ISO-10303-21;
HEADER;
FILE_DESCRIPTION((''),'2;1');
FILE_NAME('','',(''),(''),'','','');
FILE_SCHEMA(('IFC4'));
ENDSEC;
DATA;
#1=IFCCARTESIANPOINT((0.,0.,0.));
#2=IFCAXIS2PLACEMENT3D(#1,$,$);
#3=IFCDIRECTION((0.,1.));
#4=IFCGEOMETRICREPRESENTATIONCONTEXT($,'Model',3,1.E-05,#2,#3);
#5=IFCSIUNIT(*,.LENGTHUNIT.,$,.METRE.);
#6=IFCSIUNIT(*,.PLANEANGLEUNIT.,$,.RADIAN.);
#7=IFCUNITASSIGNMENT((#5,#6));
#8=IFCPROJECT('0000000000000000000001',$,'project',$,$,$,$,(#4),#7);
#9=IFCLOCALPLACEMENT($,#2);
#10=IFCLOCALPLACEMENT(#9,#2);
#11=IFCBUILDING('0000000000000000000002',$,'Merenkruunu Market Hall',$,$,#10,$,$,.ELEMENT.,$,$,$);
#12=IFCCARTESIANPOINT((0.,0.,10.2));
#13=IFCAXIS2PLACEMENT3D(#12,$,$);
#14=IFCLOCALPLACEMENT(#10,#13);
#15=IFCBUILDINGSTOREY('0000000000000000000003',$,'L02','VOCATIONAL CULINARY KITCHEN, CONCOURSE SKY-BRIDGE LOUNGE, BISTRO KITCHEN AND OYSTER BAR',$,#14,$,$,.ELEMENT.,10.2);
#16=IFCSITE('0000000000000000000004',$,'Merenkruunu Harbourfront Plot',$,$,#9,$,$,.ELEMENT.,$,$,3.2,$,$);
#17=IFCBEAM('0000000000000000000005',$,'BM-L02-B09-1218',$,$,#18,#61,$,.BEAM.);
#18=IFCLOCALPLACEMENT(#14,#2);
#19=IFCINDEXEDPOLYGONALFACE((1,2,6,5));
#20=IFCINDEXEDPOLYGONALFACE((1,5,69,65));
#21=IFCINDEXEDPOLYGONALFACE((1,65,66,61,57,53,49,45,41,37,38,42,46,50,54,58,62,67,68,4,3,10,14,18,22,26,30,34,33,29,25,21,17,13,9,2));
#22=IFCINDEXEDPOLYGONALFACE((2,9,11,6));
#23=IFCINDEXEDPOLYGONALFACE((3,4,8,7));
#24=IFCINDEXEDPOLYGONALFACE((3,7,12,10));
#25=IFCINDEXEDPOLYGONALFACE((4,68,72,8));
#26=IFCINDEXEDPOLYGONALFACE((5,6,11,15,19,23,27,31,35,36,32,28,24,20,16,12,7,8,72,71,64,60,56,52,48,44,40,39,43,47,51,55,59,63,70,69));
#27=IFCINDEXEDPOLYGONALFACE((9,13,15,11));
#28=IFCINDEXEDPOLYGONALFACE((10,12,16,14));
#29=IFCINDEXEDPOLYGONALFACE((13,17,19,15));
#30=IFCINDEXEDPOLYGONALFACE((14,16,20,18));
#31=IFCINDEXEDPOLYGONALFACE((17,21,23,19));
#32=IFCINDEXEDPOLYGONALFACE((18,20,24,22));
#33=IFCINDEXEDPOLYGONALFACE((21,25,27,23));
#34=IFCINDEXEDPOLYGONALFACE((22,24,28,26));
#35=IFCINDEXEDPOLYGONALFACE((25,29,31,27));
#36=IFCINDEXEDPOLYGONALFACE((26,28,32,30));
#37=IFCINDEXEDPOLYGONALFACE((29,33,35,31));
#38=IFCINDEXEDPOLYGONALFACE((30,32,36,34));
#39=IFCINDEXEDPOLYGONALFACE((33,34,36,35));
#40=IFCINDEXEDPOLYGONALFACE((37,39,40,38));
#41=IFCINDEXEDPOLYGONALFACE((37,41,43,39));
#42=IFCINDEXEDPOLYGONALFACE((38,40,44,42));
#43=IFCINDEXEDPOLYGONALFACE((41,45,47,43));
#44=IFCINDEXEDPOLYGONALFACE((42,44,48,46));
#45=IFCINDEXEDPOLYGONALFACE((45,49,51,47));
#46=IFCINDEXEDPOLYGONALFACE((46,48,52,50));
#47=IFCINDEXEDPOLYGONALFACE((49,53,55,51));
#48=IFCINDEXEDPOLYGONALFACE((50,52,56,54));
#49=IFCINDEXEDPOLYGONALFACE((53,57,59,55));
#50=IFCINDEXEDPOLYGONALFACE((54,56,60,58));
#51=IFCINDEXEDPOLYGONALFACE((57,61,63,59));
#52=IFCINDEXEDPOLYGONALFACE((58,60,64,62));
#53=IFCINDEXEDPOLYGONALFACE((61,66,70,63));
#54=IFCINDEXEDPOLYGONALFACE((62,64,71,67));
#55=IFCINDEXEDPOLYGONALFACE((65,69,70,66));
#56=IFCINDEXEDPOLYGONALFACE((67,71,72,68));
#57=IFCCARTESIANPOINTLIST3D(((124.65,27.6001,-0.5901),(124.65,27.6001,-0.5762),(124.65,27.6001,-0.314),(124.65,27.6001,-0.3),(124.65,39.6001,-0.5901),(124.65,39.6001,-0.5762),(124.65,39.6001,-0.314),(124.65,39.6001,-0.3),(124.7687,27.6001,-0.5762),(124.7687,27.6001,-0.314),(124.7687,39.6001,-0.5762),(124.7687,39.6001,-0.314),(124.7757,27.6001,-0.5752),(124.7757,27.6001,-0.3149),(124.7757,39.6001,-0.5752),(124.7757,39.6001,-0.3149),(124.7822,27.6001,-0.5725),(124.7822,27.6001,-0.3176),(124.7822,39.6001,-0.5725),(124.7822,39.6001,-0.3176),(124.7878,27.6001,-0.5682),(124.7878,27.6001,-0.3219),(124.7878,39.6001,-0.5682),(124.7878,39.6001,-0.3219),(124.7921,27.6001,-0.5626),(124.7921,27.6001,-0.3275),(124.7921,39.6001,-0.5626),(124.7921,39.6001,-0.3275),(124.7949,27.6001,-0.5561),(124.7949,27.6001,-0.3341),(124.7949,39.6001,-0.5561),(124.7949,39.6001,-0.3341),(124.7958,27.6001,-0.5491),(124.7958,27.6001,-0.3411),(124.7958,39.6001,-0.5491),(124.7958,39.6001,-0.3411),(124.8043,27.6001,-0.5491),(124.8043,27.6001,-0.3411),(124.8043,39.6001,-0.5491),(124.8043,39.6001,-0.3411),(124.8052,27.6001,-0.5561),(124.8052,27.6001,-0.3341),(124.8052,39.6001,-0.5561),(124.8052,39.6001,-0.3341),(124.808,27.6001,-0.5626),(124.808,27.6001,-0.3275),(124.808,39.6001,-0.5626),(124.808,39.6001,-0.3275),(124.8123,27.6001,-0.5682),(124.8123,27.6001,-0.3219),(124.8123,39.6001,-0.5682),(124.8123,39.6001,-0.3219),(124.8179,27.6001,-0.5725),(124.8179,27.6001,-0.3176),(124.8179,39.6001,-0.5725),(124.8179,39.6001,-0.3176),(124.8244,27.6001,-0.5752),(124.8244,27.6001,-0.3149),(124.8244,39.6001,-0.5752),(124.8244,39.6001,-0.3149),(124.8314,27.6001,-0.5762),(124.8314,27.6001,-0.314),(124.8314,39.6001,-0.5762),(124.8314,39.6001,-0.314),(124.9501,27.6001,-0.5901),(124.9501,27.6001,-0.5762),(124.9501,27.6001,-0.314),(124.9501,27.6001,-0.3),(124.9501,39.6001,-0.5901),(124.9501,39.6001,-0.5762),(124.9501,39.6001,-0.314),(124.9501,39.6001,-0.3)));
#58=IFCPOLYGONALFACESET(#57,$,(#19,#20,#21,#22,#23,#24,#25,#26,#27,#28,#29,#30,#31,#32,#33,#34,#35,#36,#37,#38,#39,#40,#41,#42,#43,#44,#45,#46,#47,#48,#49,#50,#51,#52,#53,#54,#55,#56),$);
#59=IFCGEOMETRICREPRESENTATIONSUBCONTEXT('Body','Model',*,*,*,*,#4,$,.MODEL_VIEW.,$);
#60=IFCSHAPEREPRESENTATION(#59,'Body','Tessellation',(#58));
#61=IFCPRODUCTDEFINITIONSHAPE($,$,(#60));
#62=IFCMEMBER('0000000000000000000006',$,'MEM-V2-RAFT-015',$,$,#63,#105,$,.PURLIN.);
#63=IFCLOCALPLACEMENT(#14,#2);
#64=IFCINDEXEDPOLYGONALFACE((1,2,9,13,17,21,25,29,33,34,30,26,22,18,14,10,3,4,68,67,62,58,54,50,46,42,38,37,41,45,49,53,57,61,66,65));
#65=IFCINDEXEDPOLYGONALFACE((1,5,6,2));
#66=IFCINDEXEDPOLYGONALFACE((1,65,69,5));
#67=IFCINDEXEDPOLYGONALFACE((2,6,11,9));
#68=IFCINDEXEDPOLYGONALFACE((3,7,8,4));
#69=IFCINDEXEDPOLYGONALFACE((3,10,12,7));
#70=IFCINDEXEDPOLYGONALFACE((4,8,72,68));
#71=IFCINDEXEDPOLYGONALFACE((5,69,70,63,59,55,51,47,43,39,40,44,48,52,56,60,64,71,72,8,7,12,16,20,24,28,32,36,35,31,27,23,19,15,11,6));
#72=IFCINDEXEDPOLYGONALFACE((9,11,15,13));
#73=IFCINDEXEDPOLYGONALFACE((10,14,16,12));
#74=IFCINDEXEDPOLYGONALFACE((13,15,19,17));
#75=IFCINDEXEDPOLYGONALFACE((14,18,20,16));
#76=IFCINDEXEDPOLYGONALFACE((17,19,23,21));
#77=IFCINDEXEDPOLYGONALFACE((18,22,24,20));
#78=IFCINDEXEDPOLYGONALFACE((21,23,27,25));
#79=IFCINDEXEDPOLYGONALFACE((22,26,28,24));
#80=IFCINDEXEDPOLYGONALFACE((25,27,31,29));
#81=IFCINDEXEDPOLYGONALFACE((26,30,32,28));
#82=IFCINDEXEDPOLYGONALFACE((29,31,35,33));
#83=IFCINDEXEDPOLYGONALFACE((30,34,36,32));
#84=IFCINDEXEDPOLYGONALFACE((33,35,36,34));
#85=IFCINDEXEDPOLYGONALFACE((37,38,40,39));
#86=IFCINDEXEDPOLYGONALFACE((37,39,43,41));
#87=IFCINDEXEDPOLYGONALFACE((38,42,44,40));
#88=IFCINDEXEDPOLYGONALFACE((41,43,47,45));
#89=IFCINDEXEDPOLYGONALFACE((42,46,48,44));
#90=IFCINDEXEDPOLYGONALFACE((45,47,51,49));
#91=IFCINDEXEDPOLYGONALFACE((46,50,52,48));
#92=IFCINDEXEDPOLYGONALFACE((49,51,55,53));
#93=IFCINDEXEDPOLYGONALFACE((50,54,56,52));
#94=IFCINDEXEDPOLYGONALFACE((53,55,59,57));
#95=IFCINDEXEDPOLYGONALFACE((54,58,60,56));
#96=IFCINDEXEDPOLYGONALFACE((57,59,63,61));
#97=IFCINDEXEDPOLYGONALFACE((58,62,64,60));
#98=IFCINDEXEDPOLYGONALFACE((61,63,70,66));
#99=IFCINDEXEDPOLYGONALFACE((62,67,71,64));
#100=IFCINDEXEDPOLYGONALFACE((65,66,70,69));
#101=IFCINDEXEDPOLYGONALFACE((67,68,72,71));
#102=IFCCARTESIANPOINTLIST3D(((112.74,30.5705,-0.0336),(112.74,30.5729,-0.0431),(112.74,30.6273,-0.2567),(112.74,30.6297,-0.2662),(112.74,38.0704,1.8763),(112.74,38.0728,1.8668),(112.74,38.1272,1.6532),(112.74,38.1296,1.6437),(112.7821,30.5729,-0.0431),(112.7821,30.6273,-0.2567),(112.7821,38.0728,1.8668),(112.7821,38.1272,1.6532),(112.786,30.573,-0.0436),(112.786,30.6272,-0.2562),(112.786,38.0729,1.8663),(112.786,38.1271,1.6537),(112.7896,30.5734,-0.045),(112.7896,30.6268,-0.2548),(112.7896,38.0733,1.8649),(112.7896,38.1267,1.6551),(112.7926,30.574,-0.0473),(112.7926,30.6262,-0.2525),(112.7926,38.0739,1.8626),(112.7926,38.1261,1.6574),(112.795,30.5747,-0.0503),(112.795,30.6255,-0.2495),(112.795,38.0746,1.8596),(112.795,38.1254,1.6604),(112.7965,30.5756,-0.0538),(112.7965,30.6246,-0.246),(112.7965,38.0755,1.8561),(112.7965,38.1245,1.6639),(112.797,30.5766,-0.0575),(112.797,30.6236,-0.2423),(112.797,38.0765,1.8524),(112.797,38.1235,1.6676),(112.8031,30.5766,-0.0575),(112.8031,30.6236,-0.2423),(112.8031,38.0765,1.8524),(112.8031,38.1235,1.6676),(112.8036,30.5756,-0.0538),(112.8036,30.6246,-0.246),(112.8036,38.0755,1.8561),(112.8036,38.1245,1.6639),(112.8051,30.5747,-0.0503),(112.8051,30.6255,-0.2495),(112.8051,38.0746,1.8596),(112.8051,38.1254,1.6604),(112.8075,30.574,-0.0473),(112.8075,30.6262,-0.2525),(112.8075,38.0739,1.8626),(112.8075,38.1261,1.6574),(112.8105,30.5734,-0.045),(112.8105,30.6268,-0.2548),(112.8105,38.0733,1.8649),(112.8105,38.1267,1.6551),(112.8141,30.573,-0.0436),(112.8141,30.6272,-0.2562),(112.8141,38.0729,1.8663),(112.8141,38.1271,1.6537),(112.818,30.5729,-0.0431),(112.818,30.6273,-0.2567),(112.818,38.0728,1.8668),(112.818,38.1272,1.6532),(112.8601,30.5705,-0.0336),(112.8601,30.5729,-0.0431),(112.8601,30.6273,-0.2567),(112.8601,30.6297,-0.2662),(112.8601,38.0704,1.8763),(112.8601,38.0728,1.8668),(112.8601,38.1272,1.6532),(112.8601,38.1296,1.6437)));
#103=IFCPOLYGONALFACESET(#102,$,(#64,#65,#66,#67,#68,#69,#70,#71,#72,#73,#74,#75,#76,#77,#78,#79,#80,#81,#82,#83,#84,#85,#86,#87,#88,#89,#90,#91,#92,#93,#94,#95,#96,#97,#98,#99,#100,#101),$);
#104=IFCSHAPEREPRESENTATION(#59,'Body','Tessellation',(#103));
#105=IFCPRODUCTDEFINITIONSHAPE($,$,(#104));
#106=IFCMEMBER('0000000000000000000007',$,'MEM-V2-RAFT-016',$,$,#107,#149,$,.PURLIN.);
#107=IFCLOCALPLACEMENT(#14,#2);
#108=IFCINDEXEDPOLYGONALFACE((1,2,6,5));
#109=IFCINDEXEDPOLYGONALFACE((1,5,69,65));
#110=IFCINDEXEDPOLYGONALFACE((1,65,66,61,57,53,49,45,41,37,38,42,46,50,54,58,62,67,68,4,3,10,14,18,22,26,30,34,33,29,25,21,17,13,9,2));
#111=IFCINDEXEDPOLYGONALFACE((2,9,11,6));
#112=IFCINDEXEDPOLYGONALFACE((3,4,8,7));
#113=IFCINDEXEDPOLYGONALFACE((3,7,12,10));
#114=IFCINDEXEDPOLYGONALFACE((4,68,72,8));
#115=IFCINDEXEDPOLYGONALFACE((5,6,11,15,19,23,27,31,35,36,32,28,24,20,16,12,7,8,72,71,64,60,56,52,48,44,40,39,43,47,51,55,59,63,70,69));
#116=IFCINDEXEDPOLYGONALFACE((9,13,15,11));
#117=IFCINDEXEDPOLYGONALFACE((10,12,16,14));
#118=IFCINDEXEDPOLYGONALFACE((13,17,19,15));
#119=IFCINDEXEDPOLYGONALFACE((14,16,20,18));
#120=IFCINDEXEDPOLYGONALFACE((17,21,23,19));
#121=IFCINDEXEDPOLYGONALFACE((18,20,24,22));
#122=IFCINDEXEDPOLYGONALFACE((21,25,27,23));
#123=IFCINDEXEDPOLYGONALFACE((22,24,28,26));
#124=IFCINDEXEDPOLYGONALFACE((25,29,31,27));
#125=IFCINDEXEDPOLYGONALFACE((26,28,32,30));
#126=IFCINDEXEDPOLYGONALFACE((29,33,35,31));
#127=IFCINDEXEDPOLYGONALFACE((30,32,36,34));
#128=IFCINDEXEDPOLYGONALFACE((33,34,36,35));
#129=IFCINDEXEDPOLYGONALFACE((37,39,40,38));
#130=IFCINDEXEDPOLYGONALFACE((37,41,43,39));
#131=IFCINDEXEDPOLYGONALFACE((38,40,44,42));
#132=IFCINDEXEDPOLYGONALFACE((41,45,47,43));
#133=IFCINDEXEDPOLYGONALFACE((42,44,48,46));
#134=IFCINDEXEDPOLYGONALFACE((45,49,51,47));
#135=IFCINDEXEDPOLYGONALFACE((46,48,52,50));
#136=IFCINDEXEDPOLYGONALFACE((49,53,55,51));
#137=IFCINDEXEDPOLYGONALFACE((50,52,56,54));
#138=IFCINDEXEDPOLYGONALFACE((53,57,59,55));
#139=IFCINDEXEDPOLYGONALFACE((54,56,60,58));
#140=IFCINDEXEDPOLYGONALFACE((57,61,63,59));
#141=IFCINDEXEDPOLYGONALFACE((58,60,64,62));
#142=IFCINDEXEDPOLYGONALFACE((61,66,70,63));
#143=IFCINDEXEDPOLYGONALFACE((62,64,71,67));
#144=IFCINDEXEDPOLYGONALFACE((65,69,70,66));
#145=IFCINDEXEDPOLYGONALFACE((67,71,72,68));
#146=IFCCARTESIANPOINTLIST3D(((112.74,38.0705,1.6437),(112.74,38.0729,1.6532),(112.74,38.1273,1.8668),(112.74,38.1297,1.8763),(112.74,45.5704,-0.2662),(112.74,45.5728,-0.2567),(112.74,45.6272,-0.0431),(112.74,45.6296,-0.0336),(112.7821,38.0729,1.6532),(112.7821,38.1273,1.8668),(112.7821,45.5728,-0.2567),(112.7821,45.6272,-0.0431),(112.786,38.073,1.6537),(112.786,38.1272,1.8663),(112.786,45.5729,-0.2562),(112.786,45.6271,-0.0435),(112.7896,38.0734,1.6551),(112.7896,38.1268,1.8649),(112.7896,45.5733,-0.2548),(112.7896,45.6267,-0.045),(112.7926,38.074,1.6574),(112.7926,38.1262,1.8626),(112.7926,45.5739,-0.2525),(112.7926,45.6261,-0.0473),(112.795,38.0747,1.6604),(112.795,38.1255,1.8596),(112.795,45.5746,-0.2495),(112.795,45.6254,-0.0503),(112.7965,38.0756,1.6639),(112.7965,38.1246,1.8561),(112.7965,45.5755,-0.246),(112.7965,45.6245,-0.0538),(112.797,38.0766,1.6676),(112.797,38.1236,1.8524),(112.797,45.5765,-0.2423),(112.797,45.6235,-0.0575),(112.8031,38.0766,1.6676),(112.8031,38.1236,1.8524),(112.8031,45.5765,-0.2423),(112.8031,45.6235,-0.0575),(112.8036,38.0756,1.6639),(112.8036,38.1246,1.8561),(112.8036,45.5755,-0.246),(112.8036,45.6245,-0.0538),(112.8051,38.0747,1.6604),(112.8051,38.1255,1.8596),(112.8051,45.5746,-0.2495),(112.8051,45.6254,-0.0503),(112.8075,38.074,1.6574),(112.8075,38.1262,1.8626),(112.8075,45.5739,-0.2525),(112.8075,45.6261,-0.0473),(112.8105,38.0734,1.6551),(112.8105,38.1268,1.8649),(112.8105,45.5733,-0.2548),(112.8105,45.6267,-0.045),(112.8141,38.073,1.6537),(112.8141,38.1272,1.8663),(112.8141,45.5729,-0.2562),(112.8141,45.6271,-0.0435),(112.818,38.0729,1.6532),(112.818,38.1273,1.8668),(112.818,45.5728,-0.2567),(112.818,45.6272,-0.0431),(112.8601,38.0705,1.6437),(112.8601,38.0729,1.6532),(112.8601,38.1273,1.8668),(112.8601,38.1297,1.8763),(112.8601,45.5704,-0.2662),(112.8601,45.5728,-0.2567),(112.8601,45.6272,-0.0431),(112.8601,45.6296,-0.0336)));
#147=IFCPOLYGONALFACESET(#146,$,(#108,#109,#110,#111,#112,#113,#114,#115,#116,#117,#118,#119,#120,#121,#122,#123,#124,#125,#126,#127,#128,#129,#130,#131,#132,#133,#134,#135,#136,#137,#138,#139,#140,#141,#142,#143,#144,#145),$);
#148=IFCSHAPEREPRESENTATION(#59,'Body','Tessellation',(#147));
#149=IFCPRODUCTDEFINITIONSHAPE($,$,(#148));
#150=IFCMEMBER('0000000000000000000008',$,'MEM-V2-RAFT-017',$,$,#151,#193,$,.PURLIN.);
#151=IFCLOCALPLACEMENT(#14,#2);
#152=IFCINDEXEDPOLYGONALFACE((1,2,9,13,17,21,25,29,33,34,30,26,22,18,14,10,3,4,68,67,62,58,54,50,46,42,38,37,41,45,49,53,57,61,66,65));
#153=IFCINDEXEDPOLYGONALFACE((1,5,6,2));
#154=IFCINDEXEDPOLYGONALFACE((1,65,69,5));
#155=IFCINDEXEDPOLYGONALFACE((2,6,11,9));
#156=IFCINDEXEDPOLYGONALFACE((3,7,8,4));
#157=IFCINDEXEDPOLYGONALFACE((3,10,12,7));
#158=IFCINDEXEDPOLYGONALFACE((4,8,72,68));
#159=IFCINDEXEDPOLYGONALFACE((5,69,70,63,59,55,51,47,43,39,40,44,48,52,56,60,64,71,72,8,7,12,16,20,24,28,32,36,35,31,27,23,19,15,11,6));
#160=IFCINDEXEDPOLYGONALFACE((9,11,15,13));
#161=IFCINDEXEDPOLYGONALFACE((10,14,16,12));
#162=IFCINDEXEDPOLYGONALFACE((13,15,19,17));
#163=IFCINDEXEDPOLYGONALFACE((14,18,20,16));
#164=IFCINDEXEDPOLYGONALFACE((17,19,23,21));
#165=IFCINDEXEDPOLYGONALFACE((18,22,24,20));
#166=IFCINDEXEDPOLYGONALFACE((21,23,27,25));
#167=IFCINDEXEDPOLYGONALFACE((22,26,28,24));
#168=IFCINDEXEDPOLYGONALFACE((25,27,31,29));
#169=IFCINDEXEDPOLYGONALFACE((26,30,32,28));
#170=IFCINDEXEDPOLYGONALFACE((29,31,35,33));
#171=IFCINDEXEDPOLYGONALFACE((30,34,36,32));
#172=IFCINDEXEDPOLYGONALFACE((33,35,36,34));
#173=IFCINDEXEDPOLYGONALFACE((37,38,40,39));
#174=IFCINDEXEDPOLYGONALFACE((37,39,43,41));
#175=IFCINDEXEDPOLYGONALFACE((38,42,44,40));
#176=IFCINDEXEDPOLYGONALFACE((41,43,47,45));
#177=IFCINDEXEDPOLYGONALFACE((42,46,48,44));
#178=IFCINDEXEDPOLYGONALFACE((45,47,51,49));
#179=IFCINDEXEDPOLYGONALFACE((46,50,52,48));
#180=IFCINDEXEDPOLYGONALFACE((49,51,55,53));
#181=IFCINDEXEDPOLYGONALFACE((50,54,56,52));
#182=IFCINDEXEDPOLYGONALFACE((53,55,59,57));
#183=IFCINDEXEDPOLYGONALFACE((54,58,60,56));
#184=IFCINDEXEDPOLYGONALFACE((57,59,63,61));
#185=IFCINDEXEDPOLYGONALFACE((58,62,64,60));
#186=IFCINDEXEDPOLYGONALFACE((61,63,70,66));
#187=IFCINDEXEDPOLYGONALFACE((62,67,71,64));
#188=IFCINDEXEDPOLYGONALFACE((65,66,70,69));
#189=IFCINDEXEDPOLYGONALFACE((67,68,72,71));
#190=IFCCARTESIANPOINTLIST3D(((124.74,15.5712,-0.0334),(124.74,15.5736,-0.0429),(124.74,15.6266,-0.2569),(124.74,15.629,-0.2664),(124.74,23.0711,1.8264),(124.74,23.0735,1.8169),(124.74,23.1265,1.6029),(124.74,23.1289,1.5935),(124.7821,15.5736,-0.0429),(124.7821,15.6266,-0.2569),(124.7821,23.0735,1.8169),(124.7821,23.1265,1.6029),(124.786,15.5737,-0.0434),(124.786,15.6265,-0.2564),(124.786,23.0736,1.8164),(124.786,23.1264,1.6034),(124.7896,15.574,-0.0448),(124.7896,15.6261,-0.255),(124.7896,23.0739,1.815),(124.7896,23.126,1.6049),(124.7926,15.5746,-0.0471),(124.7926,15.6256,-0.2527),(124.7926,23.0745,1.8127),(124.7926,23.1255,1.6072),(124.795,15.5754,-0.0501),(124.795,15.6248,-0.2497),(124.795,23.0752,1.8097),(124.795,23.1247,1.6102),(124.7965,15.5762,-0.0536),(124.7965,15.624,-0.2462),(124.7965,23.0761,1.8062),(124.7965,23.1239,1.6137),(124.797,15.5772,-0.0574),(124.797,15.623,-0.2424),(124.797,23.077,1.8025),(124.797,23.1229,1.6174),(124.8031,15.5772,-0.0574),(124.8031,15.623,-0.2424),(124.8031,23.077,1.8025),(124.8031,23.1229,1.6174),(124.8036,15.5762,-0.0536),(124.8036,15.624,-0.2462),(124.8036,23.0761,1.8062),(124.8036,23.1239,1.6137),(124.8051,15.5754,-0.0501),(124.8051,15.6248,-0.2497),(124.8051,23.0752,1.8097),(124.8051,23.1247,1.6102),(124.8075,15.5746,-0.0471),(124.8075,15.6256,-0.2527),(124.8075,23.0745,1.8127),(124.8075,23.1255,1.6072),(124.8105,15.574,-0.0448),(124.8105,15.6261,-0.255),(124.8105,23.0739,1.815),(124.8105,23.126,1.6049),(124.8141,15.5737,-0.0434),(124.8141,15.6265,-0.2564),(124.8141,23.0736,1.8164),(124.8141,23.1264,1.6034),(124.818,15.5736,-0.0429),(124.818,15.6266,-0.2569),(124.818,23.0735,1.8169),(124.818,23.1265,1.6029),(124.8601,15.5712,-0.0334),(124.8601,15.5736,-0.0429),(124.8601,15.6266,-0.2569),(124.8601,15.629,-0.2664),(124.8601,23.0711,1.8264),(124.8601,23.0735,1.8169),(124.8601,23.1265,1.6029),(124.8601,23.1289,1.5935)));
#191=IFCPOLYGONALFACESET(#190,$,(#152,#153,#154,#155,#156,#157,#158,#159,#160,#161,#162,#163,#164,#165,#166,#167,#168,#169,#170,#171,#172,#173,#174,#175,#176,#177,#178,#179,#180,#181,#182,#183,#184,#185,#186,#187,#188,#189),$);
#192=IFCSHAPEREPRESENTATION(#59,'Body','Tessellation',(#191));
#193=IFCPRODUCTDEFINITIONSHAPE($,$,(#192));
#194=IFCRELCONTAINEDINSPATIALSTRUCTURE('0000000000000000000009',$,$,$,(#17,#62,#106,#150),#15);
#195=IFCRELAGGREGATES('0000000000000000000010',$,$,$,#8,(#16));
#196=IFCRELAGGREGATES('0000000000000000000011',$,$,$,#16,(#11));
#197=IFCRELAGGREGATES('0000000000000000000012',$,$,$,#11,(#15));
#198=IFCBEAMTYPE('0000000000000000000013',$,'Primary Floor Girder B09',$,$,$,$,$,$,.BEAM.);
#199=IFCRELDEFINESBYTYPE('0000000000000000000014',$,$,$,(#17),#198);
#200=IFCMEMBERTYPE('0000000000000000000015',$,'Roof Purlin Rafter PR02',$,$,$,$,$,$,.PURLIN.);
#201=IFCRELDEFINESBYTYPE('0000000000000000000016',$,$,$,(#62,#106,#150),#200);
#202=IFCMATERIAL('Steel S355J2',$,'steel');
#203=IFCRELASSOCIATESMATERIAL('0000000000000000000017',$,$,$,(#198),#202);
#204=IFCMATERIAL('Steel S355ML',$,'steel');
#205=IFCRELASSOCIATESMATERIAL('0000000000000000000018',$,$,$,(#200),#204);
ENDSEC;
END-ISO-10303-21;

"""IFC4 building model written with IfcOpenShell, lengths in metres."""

from ifc_helpers import new_model, si_unit, direction, frame, origin, origin_2d, place, context, subcontext, project, spatial, i_section, extrude, material, material_profile, profile_set, type_object, element, save


model = new_model("IFC4")

# Units and contexts
model_context = context("Model", 3, precision=1e-05, world=origin(), true_north=direction((0.0, 1.0)))
body_context = subcontext(model_context, "Body", "Model", "MODEL_VIEW")
ifc_project = project(units=[si_unit("LENGTHUNIT", "METRE"), si_unit("PLANEANGLEUNIT", "RADIAN")], contexts=[model_context])

# Site, building, storey
site_placement = place(None, origin())
site = spatial("IfcSite", under=ifc_project, at=site_placement, Name="Merenkruunu Harbourfront Plot", CompositionType="ELEMENT", RefElevation=3.2)
building_placement = place(site_placement, origin())
building = spatial("IfcBuilding", under=site, at=building_placement, Name="Merenkruunu Market Hall", CompositionType="ELEMENT")
storey_placement = place(building_placement, frame((0.0, 0.0, 10.2)))
storey = spatial("IfcBuildingStorey", under=building, at=storey_placement, Name="L02", Description="VOCATIONAL CULINARY KITCHEN, CONCOURSE SKY-BRIDGE LOUNGE, BISTRO KITCHEN AND OYSTER BAR", CompositionType="ELEMENT", Elevation=10.2)

# Beam
ifc_material_1 = material(Name="Steel S355J2", Category="steel")
ifc_material_profile_1 = material_profile(ifc_material_1, i_section(OverallWidth=0.3, OverallDepth=0.29, WebThickness=0.0085, FlangeThickness=0.0139, FilletRadius=0.0271, at=origin_2d()), Name="HEA 300")
ifc_profile_set_1 = profile_set([ifc_material_profile_1], Name="Steel S355J2")
beam_type_1 = type_object("IfcBeamType", Name="Primary Floor Girder B09", PredefinedType="BEAM", material=ifc_profile_set_1)
for number, where, z_axis, x_axis, name in (
    (1, (124.8, 27.6001, -0.4451), (0.0, 1.0, 0.0), (-1.0, 0.0, 0.0), "BM-L02-B09-1218"),
):
    element("IfcBeam", number, at=place(storey_placement, frame(where, z_axis=z_axis, x_axis=x_axis)), inside=storey, type_object=beam_type_1, Name=name, PredefinedType="BEAM", context=body_context, shape_type="SweptSolid", body=[
        extrude(i_section(OverallWidth=0.3, OverallDepth=0.29, WebThickness=0.0085, FlangeThickness=0.0139, FilletRadius=0.0271, at=origin_2d()), origin(), (0.0, 0.0, 1.0), 12.0),
    ])

# Members
ifc_material_2 = material(Name="Steel S355ML", Category="steel")
ifc_material_profile_2 = material_profile(ifc_material_2, i_section(OverallWidth=0.1201, OverallDepth=0.24, WebThickness=0.0061, FlangeThickness=0.0098, FilletRadius=0.0149, at=origin_2d()), Name="IPE 240")
ifc_profile_set_2 = profile_set([ifc_material_profile_2], Name="Steel S355ML")
member_type = type_object("IfcMemberType", Name="Roof Purlin Rafter PR02", PredefinedType="PURLIN", material=ifc_profile_set_2)
for number, where, z_axis, x_axis, name in (
    (2, (112.8, 30.6001, -0.1499), (0.0, 0.969072, 0.246779), (-1.0, 0.0, 0.0), "MEM-V2-RAFT-015"),
    (3, (112.8, 38.1001, 1.76), (0.0, 0.969072, -0.246779), (-1.0, 0.0, 0.0), "MEM-V2-RAFT-016"),
):
    element("IfcMember", number, at=place(storey_placement, frame(where, z_axis=z_axis, x_axis=x_axis)), inside=storey, type_object=member_type, Name=name, PredefinedType="PURLIN", context=body_context, shape_type="SweptSolid", body=[
        extrude(i_section(OverallWidth=0.1201, OverallDepth=0.24, WebThickness=0.0061, FlangeThickness=0.0098, FilletRadius=0.0149, at=origin_2d()), origin(), (0.0, 0.0, 1.0), 7.7393),
    ])
for number, where, z_axis, x_axis, name in (
    (4, (124.8, 15.6001, -0.1499), (0.0, 0.970602, 0.240692), (-1.0, 0.0, 0.0), "MEM-V2-RAFT-017"),
):
    element("IfcMember", number, at=place(storey_placement, frame(where, z_axis=z_axis, x_axis=x_axis)), inside=storey, type_object=member_type, Name=name, PredefinedType="PURLIN", context=body_context, shape_type="SweptSolid", body=[
        extrude(i_section(OverallWidth=0.1201, OverallDepth=0.24, WebThickness=0.0061, FlangeThickness=0.0098, FilletRadius=0.0149, at=origin_2d()), origin(), (0.0, 0.0, 1.0), 7.7271),
    ])

save(model, "model.ifc")
